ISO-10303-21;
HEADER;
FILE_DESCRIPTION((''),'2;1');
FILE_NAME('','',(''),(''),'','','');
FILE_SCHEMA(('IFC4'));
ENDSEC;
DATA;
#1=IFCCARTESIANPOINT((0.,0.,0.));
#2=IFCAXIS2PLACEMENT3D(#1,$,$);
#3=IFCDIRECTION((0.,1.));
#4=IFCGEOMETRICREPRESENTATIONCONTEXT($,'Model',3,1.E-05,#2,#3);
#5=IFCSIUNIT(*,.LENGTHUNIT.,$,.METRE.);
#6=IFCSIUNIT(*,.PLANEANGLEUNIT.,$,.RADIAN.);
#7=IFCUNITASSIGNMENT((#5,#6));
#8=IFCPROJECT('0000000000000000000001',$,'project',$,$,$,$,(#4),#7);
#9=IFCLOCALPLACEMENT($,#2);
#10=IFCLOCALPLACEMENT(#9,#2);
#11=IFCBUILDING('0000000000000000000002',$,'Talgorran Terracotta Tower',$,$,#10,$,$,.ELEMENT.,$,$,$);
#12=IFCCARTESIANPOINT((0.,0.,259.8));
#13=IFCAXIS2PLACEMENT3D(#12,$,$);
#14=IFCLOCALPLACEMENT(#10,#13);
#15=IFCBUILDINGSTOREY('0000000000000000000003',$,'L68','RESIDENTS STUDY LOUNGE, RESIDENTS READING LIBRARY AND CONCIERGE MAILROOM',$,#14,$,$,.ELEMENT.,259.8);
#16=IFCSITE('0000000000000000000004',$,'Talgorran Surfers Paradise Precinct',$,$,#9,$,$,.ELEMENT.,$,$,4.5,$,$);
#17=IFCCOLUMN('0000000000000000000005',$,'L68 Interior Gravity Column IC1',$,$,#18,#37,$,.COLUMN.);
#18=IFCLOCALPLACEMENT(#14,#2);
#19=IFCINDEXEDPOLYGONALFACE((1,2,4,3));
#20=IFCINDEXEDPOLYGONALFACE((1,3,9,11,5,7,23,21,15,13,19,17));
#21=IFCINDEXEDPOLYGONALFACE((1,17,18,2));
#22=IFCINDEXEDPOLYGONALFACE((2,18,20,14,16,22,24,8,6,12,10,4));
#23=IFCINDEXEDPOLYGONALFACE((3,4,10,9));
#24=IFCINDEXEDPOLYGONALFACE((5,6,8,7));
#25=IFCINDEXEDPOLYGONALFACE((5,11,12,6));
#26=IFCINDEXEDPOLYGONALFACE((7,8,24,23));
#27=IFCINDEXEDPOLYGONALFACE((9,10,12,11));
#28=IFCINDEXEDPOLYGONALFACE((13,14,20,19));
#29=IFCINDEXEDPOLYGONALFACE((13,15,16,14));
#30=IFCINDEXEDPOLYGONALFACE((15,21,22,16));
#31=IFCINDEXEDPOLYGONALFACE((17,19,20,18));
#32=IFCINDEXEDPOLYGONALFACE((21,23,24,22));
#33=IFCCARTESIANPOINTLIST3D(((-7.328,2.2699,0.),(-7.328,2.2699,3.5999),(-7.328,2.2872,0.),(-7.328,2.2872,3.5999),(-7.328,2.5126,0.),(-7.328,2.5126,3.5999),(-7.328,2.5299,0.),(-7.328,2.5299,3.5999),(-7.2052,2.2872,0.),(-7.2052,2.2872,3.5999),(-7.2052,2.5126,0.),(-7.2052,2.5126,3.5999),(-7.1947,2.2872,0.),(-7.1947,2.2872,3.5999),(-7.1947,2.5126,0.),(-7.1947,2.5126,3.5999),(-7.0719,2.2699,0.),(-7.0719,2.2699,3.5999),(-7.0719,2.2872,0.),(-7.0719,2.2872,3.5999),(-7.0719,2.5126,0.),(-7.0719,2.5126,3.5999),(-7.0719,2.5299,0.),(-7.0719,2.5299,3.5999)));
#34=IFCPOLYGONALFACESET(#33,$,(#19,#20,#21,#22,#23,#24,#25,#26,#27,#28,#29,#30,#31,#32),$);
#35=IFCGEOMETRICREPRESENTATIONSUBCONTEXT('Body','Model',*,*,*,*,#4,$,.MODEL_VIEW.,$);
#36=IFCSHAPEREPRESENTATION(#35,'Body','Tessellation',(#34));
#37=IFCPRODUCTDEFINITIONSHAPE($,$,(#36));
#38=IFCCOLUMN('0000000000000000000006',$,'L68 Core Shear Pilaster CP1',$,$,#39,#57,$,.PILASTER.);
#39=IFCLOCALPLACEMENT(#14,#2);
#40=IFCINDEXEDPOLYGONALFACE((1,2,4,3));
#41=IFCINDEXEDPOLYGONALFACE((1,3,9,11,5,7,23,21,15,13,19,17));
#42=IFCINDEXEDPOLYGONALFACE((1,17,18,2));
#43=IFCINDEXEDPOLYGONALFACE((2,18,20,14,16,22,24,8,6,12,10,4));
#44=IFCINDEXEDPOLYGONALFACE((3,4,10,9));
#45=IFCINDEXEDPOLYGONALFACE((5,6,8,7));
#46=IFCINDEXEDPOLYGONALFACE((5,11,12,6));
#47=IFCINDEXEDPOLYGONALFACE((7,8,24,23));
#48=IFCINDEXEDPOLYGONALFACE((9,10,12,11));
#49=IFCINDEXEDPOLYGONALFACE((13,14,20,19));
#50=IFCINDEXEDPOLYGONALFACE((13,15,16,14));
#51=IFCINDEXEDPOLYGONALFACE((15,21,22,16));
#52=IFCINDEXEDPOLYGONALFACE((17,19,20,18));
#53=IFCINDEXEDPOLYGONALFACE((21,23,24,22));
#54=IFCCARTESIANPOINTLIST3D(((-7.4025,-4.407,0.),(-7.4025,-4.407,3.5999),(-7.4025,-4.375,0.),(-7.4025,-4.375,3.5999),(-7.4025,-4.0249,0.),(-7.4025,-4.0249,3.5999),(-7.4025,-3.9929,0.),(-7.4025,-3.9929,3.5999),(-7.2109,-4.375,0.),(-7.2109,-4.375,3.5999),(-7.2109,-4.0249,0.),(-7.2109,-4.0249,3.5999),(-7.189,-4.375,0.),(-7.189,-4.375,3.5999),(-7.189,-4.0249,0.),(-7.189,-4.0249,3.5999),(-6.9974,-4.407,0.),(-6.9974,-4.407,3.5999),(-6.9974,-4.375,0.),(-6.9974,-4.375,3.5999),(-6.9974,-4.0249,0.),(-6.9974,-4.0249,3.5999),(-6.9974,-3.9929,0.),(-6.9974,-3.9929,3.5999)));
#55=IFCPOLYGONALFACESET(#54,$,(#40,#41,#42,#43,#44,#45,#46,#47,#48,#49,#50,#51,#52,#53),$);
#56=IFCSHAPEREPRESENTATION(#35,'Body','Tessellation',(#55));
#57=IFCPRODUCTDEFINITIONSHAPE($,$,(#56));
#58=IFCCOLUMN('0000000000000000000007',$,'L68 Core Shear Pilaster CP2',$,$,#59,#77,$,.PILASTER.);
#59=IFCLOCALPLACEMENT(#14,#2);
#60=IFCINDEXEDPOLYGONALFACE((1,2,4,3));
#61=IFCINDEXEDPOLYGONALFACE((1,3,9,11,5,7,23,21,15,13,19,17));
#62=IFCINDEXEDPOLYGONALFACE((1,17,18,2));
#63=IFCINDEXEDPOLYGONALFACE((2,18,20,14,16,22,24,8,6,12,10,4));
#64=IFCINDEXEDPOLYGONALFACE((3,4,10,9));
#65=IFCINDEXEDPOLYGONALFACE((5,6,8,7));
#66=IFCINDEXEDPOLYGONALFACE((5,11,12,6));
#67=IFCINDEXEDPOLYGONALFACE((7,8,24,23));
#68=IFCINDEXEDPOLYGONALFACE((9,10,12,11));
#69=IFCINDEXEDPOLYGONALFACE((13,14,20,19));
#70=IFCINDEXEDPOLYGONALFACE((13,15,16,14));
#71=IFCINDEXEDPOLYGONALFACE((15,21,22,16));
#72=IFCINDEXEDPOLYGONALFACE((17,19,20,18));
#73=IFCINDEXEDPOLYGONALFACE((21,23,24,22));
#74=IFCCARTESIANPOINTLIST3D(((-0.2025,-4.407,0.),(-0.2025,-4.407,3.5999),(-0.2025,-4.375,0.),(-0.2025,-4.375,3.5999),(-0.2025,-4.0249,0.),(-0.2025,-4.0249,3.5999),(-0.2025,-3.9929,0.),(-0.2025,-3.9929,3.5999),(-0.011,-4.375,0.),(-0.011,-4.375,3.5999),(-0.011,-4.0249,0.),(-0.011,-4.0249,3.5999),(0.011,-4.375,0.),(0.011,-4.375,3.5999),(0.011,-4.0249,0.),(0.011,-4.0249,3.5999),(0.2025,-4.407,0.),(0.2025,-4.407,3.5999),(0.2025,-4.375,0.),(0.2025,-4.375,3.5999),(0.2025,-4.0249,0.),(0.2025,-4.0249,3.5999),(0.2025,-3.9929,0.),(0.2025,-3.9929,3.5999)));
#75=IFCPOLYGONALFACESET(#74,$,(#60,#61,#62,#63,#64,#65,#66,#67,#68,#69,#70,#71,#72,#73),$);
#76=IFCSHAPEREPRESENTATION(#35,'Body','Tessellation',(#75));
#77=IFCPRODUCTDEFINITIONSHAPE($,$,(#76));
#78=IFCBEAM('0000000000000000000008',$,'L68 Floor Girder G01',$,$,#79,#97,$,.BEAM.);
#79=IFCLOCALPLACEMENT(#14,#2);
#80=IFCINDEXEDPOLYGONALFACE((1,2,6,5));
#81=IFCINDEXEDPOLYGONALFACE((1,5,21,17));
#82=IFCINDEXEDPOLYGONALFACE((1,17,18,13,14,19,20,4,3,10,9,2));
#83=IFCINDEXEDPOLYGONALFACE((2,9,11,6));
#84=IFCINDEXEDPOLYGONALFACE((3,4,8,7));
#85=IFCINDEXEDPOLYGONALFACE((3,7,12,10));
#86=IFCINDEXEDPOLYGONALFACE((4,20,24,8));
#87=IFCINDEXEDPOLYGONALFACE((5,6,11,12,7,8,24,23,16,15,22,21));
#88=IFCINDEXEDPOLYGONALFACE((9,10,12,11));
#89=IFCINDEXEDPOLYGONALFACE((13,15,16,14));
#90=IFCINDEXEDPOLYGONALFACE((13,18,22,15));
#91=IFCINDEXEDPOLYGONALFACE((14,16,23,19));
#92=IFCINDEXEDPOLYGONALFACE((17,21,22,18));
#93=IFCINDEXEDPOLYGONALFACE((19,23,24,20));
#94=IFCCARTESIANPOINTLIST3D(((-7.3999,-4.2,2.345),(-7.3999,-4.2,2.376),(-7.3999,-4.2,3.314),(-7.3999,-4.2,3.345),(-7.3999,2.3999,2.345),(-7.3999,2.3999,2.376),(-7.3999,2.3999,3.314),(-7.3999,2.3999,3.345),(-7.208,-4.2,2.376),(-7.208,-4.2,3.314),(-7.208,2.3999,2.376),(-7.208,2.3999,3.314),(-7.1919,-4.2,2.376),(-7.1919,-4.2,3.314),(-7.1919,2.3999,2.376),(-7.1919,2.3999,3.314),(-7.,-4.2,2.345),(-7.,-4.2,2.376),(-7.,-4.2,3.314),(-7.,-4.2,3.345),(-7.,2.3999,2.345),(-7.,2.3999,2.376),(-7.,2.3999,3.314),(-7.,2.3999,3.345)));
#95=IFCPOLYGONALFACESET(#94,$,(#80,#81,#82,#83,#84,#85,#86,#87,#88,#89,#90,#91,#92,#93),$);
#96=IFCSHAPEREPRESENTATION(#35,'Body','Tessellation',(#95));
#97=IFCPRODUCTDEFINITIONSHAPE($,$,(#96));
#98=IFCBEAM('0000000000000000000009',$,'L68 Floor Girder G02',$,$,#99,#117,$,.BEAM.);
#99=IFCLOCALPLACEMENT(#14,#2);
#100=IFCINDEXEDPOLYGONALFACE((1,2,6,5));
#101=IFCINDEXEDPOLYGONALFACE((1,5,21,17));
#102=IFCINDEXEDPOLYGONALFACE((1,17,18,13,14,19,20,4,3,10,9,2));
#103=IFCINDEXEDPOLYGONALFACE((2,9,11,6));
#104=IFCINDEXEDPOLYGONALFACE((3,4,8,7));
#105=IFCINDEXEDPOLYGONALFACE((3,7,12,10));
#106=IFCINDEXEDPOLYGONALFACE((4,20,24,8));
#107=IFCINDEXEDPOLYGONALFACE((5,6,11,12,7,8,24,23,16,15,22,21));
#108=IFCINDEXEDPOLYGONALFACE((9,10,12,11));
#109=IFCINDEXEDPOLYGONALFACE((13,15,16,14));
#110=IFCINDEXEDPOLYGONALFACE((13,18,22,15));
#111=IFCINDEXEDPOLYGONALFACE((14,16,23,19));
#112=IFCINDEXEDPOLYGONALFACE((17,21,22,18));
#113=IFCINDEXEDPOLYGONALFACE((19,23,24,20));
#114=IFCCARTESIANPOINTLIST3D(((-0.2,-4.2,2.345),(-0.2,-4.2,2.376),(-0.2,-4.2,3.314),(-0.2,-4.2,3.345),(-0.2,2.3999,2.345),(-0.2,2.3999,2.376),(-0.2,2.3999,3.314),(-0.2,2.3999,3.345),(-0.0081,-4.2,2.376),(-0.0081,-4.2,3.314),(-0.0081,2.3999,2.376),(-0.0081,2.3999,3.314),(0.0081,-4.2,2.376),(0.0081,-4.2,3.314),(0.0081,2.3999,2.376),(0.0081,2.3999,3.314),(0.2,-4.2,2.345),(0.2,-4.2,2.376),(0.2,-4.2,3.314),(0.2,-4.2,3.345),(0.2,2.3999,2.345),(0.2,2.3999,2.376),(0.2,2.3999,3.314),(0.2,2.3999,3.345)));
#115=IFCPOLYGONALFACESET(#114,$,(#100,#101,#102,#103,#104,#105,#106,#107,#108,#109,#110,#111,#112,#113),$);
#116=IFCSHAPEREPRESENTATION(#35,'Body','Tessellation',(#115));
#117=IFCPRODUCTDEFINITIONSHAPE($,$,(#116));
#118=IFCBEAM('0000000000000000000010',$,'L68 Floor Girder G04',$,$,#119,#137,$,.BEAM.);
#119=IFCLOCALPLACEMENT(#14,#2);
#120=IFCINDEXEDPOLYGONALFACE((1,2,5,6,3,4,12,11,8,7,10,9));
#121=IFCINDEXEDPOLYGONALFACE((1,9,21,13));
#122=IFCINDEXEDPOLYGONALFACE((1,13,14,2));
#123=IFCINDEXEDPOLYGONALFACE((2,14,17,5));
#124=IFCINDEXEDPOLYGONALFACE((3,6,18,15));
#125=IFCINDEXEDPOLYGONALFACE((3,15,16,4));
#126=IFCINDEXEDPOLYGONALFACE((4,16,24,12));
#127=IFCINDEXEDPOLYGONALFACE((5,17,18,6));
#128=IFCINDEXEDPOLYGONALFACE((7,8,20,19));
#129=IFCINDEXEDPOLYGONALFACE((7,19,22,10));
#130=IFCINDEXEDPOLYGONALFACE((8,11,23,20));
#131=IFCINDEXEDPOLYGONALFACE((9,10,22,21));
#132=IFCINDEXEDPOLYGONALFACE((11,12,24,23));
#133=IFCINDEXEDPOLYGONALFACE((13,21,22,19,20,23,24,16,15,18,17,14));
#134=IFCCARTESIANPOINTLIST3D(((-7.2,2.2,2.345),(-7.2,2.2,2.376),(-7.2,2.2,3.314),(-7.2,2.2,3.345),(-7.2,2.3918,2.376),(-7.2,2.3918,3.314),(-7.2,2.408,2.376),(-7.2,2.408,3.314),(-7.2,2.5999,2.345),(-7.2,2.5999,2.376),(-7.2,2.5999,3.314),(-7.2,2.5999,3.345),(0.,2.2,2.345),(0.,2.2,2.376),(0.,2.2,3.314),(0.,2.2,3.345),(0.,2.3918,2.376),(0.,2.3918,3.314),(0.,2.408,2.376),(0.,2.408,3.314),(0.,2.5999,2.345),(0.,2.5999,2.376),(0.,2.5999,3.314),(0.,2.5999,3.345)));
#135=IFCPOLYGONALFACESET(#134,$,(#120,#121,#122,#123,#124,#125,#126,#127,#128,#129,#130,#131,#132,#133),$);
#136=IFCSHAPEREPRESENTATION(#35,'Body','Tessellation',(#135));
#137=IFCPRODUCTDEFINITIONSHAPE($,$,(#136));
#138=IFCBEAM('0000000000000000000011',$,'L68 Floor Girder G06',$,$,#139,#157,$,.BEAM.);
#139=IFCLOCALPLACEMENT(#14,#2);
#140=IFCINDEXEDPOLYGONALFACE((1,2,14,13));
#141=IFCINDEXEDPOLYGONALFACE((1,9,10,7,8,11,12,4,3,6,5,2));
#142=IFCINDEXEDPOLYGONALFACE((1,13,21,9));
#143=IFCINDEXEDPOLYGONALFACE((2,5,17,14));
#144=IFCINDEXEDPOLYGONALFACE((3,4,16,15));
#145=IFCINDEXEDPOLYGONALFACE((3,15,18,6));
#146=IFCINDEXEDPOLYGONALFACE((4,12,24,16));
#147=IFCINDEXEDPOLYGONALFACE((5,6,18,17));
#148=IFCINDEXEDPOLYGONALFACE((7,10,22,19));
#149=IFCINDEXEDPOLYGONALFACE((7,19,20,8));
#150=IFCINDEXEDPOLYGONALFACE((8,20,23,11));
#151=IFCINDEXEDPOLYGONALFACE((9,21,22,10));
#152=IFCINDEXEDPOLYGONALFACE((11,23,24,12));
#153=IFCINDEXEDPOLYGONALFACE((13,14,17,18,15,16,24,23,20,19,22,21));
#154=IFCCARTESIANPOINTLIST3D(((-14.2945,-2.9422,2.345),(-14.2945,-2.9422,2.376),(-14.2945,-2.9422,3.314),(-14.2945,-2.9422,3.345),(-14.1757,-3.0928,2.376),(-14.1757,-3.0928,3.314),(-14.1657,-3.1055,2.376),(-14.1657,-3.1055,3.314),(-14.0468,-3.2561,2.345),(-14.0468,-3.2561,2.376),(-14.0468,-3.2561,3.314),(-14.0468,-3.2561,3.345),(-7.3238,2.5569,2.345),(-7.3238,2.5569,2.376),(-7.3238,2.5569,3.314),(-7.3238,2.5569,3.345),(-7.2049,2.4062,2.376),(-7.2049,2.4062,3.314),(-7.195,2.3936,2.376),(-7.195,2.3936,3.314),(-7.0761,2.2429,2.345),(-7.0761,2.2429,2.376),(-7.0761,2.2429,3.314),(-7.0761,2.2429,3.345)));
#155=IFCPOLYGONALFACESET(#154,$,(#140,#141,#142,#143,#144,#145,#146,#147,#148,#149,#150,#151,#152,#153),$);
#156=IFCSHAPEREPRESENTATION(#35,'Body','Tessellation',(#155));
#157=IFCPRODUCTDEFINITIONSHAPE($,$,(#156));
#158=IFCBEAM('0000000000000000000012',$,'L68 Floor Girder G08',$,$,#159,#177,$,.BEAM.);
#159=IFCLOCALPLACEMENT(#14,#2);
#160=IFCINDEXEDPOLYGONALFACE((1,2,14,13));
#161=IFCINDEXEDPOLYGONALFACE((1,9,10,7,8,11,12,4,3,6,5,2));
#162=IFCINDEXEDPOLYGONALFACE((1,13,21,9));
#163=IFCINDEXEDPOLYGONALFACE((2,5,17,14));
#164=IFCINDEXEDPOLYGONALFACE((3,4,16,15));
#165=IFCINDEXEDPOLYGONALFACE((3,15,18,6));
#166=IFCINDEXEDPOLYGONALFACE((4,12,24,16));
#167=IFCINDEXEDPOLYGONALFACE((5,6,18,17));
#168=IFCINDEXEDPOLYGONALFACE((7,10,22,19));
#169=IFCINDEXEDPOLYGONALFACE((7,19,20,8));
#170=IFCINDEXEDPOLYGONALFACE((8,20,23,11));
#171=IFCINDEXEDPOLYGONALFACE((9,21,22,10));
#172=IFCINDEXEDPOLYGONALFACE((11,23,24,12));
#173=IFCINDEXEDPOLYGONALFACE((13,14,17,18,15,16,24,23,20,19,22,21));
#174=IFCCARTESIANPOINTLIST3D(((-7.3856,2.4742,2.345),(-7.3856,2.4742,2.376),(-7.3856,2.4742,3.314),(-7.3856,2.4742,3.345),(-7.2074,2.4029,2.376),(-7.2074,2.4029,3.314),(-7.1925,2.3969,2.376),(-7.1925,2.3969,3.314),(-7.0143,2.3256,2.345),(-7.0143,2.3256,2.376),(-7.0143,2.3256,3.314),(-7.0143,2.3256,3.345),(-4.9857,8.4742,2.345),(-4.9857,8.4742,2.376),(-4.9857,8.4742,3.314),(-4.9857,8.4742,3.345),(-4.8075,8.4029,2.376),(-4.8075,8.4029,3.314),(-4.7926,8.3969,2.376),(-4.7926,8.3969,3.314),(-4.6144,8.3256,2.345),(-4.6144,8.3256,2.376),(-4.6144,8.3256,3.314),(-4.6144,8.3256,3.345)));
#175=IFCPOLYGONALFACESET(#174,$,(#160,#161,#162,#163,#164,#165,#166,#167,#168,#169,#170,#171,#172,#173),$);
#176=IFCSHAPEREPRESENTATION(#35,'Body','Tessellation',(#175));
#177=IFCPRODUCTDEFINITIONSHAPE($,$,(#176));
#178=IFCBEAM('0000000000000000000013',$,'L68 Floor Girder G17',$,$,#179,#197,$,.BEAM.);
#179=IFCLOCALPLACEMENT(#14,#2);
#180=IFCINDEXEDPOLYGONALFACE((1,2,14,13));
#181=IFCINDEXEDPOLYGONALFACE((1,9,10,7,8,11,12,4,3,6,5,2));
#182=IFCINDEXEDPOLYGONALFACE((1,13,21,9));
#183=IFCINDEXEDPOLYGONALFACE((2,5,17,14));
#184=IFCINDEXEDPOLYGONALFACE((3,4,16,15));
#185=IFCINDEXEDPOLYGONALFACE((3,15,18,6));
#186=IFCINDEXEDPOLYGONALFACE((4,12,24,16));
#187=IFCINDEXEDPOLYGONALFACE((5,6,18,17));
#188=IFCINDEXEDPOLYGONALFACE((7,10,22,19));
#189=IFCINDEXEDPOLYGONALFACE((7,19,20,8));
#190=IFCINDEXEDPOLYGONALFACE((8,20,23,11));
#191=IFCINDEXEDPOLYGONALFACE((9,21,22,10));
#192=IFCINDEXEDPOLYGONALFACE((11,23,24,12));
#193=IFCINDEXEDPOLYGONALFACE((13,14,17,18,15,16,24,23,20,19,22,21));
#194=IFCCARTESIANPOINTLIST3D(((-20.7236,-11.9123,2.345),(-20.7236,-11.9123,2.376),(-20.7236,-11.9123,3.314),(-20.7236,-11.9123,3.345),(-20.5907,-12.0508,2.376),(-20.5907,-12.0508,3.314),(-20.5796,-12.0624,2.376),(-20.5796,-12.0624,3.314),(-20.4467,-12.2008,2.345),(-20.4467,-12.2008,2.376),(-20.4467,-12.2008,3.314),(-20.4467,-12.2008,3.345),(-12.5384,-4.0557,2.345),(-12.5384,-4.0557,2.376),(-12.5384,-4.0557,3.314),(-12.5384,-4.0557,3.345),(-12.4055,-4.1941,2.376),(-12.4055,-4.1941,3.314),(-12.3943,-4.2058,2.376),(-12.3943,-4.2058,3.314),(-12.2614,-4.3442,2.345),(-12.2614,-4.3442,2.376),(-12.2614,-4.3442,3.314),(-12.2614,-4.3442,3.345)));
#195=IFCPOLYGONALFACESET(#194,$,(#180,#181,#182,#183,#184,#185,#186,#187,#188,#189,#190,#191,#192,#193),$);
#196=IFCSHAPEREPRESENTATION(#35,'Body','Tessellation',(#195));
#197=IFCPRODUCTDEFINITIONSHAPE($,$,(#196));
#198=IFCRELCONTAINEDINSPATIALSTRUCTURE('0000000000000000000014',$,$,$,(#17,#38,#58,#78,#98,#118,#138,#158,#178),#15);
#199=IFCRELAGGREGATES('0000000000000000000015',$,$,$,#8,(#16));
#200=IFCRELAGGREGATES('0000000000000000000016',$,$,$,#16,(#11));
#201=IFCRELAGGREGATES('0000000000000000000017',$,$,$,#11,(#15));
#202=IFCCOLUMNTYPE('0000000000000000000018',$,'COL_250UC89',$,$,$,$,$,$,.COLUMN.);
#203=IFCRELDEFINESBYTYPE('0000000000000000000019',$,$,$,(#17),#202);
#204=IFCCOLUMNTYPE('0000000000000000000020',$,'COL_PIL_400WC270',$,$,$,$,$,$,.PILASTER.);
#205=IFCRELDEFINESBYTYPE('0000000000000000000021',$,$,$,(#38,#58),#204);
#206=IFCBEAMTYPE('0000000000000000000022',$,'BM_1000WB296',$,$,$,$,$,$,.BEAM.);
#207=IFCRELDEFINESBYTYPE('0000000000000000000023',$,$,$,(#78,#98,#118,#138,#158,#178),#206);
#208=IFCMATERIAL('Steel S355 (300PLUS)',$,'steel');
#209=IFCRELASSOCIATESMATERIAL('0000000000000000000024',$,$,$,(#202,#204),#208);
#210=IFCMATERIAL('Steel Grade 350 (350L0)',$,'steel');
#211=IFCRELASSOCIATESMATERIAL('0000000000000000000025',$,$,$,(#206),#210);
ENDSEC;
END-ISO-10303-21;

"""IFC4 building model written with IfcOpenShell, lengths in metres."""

from ifc_helpers import new_model, si_unit, direction, frame, origin, origin_2d, place, context, subcontext, project, spatial, i_section, extrude, material, material_profile, profile_set, type_object, element, save


model = new_model("IFC4")

# Units and contexts
model_context = context("Model", 3, precision=1e-05, world=origin(), true_north=direction((0.0, 1.0)))
body_context = subcontext(model_context, "Body", "Model", "MODEL_VIEW")
ifc_project = project(units=[si_unit("LENGTHUNIT", "METRE"), si_unit("PLANEANGLEUNIT", "RADIAN")], contexts=[model_context])

# Site, building, storey
site_placement = place(None, origin())
site = spatial("IfcSite", under=ifc_project, at=site_placement, Name="Talgorran Surfers Paradise Precinct", CompositionType="ELEMENT", RefElevation=4.5)
building_placement = place(site_placement, origin())
building = spatial("IfcBuilding", under=site, at=building_placement, Name="Talgorran Terracotta Tower", CompositionType="ELEMENT")
storey_placement = place(building_placement, frame((0.0, 0.0, 259.8)))
storey = spatial("IfcBuildingStorey", under=building, at=storey_placement, Name="L68", Description="RESIDENTS STUDY LOUNGE, RESIDENTS READING LIBRARY AND CONCIERGE MAILROOM", CompositionType="ELEMENT", Elevation=259.8)

# Columns
ifc_material_1 = material(Name="Steel S355 (300PLUS)", Category="steel")
ifc_material_profile_1 = material_profile(ifc_material_1, i_section(OverallWidth=0.2561, OverallDepth=0.26, WebThickness=0.0105, FlangeThickness=0.0173, at=origin_2d()), Name="250UC89.5")
ifc_profile_set_1 = profile_set([ifc_material_profile_1], Name="Steel S355 (300PLUS)")
column_type_1 = type_object("IfcColumnType", Name="COL_250UC89", PredefinedType="COLUMN", material=ifc_profile_set_1)
column_placement = place(storey_placement, frame((-7.2, 2.3999, 0.0), z_axis=(0.0, 0.0, 1.0), x_axis=(1.0, 0.0, 0.0)))
element("IfcColumn", 1, at=column_placement, inside=storey, type_object=column_type_1, Name="L68 Interior Gravity Column IC1", PredefinedType="COLUMN", context=body_context, shape_type="SweptSolid", body=[
    extrude(i_section(OverallWidth=0.2561, OverallDepth=0.26, WebThickness=0.0105, FlangeThickness=0.0173, at=origin_2d()), origin(), (0.0, 0.0, 1.0), 3.5999),
])
ifc_material_profile_2 = material_profile(ifc_material_1, i_section(OverallWidth=0.405, OverallDepth=0.4141, WebThickness=0.022, FlangeThickness=0.032, at=origin_2d()), Name="400WC270")
ifc_profile_set_2 = profile_set([ifc_material_profile_2], Name="Steel S355 (300PLUS)")
column_type_2 = type_object("IfcColumnType", Name="COL_PIL_400WC270", PredefinedType="PILASTER", material=ifc_profile_set_2)
for number, where, z_axis, x_axis, name in (
    (2, (-7.2, -4.2, 0.0), (0.0, 0.0, 1.0), (1.0, 0.0, 0.0), "L68 Core Shear Pilaster CP1"),
    (3, (0.0, -4.2, 0.0), (0.0, 0.0, 1.0), (1.0, 0.0, 0.0), "L68 Core Shear Pilaster CP2"),
):
    element("IfcColumn", number, at=place(storey_placement, frame(where, z_axis=z_axis, x_axis=x_axis)), inside=storey, type_object=column_type_2, Name=name, PredefinedType="PILASTER", context=body_context, shape_type="SweptSolid", body=[
        extrude(i_section(OverallWidth=0.405, OverallDepth=0.4141, WebThickness=0.022, FlangeThickness=0.032, at=origin_2d()), origin(), (0.0, 0.0, 1.0), 3.5999),
    ])

# Beams
ifc_material_2 = material(Name="Steel Grade 350 (350L0)", Category="steel")
ifc_material_profile_3 = material_profile(ifc_material_2, i_section(OverallWidth=0.3999, OverallDepth=1.0, WebThickness=0.0161, FlangeThickness=0.031, at=origin_2d()), Name="1000WB296")
ifc_profile_set_3 = profile_set([ifc_material_profile_3], Name="Steel Grade 350 (350L0)")
beam_type_1 = type_object("IfcBeamType", Name="BM_1000WB296", PredefinedType="BEAM", material=ifc_profile_set_3)
for number, where, z_axis, x_axis, name in (
    (4, (-7.2, -4.2, 2.845), (0.0, 1.0, 0.0), (-1.0, 0.0, 0.0), "L68 Floor Girder G01"),
    (5, (0.0, -4.2, 2.845), (0.0, 1.0, 0.0), (-1.0, 0.0, 0.0), "L68 Floor Girder G02"),
):
    element("IfcBeam", number, at=place(storey_placement, frame(where, z_axis=z_axis, x_axis=x_axis)), inside=storey, type_object=beam_type_1, Name=name, PredefinedType="BEAM", context=body_context, shape_type="SweptSolid", body=[
        extrude(i_section(OverallWidth=0.3999, OverallDepth=1.0, WebThickness=0.0161, FlangeThickness=0.031, at=origin_2d()), origin(), (0.0, 0.0, 1.0), 6.5999),
    ])
beam_1_placement = place(storey_placement, frame((-7.2, 2.3999, 2.845), z_axis=(1.0, 0.0, 0.0), x_axis=(0.0, 1.0, 0.0)))
element("IfcBeam", 6, at=beam_1_placement, inside=storey, type_object=beam_type_1, Name="L68 Floor Girder G04", PredefinedType="BEAM", context=body_context, shape_type="SweptSolid", body=[
    extrude(i_section(OverallWidth=0.3999, OverallDepth=1.0, WebThickness=0.0161, FlangeThickness=0.031, at=origin_2d()), origin(), (0.0, 0.0, 1.0), 7.2),
])
beam_2_placement = place(storey_placement, frame((-7.2, 2.3999, 2.845), z_axis=(-0.785111, -0.619355, 0.0), x_axis=(0.619355, -0.785111, 0.0)))
element("IfcBeam", 7, at=beam_2_placement, inside=storey, type_object=beam_type_1, Name="L68 Floor Girder G06", PredefinedType="BEAM", context=body_context, shape_type="SweptSolid", body=[
    extrude(i_section(OverallWidth=0.3999, OverallDepth=1.0, WebThickness=0.0161, FlangeThickness=0.031, at=origin_2d()), origin(), (0.0, 0.0, 1.0), 8.8787),
])
beam_3_placement = place(storey_placement, frame((-7.2, 2.3999, 2.845), z_axis=(0.371378, 0.928482, 0.0), x_axis=(-0.928482, 0.371378, 0.0)))
element("IfcBeam", 8, at=beam_3_placement, inside=storey, type_object=beam_type_1, Name="L68 Floor Girder G08", PredefinedType="BEAM", context=body_context, shape_type="SweptSolid", body=[
    extrude(i_section(OverallWidth=0.3999, OverallDepth=1.0, WebThickness=0.0161, FlangeThickness=0.031, at=origin_2d()), origin(), (0.0, 0.0, 1.0), 6.4622),
])
beam_4_placement = place(storey_placement, frame((-12.3999, -4.2, 2.845), z_axis=(-0.72144, -0.692477, 0.0), x_axis=(0.692477, -0.72144, 0.0)))
element("IfcBeam", 9, at=beam_4_placement, inside=storey, type_object=beam_type_1, Name="L68 Floor Girder G17", PredefinedType="BEAM", context=body_context, shape_type="SweptSolid", body=[
    extrude(i_section(OverallWidth=0.3999, OverallDepth=1.0, WebThickness=0.0161, FlangeThickness=0.031, at=origin_2d()), origin(), (0.0, 0.0, 1.0), 11.3457),
])

save(model, "model.ifc")
